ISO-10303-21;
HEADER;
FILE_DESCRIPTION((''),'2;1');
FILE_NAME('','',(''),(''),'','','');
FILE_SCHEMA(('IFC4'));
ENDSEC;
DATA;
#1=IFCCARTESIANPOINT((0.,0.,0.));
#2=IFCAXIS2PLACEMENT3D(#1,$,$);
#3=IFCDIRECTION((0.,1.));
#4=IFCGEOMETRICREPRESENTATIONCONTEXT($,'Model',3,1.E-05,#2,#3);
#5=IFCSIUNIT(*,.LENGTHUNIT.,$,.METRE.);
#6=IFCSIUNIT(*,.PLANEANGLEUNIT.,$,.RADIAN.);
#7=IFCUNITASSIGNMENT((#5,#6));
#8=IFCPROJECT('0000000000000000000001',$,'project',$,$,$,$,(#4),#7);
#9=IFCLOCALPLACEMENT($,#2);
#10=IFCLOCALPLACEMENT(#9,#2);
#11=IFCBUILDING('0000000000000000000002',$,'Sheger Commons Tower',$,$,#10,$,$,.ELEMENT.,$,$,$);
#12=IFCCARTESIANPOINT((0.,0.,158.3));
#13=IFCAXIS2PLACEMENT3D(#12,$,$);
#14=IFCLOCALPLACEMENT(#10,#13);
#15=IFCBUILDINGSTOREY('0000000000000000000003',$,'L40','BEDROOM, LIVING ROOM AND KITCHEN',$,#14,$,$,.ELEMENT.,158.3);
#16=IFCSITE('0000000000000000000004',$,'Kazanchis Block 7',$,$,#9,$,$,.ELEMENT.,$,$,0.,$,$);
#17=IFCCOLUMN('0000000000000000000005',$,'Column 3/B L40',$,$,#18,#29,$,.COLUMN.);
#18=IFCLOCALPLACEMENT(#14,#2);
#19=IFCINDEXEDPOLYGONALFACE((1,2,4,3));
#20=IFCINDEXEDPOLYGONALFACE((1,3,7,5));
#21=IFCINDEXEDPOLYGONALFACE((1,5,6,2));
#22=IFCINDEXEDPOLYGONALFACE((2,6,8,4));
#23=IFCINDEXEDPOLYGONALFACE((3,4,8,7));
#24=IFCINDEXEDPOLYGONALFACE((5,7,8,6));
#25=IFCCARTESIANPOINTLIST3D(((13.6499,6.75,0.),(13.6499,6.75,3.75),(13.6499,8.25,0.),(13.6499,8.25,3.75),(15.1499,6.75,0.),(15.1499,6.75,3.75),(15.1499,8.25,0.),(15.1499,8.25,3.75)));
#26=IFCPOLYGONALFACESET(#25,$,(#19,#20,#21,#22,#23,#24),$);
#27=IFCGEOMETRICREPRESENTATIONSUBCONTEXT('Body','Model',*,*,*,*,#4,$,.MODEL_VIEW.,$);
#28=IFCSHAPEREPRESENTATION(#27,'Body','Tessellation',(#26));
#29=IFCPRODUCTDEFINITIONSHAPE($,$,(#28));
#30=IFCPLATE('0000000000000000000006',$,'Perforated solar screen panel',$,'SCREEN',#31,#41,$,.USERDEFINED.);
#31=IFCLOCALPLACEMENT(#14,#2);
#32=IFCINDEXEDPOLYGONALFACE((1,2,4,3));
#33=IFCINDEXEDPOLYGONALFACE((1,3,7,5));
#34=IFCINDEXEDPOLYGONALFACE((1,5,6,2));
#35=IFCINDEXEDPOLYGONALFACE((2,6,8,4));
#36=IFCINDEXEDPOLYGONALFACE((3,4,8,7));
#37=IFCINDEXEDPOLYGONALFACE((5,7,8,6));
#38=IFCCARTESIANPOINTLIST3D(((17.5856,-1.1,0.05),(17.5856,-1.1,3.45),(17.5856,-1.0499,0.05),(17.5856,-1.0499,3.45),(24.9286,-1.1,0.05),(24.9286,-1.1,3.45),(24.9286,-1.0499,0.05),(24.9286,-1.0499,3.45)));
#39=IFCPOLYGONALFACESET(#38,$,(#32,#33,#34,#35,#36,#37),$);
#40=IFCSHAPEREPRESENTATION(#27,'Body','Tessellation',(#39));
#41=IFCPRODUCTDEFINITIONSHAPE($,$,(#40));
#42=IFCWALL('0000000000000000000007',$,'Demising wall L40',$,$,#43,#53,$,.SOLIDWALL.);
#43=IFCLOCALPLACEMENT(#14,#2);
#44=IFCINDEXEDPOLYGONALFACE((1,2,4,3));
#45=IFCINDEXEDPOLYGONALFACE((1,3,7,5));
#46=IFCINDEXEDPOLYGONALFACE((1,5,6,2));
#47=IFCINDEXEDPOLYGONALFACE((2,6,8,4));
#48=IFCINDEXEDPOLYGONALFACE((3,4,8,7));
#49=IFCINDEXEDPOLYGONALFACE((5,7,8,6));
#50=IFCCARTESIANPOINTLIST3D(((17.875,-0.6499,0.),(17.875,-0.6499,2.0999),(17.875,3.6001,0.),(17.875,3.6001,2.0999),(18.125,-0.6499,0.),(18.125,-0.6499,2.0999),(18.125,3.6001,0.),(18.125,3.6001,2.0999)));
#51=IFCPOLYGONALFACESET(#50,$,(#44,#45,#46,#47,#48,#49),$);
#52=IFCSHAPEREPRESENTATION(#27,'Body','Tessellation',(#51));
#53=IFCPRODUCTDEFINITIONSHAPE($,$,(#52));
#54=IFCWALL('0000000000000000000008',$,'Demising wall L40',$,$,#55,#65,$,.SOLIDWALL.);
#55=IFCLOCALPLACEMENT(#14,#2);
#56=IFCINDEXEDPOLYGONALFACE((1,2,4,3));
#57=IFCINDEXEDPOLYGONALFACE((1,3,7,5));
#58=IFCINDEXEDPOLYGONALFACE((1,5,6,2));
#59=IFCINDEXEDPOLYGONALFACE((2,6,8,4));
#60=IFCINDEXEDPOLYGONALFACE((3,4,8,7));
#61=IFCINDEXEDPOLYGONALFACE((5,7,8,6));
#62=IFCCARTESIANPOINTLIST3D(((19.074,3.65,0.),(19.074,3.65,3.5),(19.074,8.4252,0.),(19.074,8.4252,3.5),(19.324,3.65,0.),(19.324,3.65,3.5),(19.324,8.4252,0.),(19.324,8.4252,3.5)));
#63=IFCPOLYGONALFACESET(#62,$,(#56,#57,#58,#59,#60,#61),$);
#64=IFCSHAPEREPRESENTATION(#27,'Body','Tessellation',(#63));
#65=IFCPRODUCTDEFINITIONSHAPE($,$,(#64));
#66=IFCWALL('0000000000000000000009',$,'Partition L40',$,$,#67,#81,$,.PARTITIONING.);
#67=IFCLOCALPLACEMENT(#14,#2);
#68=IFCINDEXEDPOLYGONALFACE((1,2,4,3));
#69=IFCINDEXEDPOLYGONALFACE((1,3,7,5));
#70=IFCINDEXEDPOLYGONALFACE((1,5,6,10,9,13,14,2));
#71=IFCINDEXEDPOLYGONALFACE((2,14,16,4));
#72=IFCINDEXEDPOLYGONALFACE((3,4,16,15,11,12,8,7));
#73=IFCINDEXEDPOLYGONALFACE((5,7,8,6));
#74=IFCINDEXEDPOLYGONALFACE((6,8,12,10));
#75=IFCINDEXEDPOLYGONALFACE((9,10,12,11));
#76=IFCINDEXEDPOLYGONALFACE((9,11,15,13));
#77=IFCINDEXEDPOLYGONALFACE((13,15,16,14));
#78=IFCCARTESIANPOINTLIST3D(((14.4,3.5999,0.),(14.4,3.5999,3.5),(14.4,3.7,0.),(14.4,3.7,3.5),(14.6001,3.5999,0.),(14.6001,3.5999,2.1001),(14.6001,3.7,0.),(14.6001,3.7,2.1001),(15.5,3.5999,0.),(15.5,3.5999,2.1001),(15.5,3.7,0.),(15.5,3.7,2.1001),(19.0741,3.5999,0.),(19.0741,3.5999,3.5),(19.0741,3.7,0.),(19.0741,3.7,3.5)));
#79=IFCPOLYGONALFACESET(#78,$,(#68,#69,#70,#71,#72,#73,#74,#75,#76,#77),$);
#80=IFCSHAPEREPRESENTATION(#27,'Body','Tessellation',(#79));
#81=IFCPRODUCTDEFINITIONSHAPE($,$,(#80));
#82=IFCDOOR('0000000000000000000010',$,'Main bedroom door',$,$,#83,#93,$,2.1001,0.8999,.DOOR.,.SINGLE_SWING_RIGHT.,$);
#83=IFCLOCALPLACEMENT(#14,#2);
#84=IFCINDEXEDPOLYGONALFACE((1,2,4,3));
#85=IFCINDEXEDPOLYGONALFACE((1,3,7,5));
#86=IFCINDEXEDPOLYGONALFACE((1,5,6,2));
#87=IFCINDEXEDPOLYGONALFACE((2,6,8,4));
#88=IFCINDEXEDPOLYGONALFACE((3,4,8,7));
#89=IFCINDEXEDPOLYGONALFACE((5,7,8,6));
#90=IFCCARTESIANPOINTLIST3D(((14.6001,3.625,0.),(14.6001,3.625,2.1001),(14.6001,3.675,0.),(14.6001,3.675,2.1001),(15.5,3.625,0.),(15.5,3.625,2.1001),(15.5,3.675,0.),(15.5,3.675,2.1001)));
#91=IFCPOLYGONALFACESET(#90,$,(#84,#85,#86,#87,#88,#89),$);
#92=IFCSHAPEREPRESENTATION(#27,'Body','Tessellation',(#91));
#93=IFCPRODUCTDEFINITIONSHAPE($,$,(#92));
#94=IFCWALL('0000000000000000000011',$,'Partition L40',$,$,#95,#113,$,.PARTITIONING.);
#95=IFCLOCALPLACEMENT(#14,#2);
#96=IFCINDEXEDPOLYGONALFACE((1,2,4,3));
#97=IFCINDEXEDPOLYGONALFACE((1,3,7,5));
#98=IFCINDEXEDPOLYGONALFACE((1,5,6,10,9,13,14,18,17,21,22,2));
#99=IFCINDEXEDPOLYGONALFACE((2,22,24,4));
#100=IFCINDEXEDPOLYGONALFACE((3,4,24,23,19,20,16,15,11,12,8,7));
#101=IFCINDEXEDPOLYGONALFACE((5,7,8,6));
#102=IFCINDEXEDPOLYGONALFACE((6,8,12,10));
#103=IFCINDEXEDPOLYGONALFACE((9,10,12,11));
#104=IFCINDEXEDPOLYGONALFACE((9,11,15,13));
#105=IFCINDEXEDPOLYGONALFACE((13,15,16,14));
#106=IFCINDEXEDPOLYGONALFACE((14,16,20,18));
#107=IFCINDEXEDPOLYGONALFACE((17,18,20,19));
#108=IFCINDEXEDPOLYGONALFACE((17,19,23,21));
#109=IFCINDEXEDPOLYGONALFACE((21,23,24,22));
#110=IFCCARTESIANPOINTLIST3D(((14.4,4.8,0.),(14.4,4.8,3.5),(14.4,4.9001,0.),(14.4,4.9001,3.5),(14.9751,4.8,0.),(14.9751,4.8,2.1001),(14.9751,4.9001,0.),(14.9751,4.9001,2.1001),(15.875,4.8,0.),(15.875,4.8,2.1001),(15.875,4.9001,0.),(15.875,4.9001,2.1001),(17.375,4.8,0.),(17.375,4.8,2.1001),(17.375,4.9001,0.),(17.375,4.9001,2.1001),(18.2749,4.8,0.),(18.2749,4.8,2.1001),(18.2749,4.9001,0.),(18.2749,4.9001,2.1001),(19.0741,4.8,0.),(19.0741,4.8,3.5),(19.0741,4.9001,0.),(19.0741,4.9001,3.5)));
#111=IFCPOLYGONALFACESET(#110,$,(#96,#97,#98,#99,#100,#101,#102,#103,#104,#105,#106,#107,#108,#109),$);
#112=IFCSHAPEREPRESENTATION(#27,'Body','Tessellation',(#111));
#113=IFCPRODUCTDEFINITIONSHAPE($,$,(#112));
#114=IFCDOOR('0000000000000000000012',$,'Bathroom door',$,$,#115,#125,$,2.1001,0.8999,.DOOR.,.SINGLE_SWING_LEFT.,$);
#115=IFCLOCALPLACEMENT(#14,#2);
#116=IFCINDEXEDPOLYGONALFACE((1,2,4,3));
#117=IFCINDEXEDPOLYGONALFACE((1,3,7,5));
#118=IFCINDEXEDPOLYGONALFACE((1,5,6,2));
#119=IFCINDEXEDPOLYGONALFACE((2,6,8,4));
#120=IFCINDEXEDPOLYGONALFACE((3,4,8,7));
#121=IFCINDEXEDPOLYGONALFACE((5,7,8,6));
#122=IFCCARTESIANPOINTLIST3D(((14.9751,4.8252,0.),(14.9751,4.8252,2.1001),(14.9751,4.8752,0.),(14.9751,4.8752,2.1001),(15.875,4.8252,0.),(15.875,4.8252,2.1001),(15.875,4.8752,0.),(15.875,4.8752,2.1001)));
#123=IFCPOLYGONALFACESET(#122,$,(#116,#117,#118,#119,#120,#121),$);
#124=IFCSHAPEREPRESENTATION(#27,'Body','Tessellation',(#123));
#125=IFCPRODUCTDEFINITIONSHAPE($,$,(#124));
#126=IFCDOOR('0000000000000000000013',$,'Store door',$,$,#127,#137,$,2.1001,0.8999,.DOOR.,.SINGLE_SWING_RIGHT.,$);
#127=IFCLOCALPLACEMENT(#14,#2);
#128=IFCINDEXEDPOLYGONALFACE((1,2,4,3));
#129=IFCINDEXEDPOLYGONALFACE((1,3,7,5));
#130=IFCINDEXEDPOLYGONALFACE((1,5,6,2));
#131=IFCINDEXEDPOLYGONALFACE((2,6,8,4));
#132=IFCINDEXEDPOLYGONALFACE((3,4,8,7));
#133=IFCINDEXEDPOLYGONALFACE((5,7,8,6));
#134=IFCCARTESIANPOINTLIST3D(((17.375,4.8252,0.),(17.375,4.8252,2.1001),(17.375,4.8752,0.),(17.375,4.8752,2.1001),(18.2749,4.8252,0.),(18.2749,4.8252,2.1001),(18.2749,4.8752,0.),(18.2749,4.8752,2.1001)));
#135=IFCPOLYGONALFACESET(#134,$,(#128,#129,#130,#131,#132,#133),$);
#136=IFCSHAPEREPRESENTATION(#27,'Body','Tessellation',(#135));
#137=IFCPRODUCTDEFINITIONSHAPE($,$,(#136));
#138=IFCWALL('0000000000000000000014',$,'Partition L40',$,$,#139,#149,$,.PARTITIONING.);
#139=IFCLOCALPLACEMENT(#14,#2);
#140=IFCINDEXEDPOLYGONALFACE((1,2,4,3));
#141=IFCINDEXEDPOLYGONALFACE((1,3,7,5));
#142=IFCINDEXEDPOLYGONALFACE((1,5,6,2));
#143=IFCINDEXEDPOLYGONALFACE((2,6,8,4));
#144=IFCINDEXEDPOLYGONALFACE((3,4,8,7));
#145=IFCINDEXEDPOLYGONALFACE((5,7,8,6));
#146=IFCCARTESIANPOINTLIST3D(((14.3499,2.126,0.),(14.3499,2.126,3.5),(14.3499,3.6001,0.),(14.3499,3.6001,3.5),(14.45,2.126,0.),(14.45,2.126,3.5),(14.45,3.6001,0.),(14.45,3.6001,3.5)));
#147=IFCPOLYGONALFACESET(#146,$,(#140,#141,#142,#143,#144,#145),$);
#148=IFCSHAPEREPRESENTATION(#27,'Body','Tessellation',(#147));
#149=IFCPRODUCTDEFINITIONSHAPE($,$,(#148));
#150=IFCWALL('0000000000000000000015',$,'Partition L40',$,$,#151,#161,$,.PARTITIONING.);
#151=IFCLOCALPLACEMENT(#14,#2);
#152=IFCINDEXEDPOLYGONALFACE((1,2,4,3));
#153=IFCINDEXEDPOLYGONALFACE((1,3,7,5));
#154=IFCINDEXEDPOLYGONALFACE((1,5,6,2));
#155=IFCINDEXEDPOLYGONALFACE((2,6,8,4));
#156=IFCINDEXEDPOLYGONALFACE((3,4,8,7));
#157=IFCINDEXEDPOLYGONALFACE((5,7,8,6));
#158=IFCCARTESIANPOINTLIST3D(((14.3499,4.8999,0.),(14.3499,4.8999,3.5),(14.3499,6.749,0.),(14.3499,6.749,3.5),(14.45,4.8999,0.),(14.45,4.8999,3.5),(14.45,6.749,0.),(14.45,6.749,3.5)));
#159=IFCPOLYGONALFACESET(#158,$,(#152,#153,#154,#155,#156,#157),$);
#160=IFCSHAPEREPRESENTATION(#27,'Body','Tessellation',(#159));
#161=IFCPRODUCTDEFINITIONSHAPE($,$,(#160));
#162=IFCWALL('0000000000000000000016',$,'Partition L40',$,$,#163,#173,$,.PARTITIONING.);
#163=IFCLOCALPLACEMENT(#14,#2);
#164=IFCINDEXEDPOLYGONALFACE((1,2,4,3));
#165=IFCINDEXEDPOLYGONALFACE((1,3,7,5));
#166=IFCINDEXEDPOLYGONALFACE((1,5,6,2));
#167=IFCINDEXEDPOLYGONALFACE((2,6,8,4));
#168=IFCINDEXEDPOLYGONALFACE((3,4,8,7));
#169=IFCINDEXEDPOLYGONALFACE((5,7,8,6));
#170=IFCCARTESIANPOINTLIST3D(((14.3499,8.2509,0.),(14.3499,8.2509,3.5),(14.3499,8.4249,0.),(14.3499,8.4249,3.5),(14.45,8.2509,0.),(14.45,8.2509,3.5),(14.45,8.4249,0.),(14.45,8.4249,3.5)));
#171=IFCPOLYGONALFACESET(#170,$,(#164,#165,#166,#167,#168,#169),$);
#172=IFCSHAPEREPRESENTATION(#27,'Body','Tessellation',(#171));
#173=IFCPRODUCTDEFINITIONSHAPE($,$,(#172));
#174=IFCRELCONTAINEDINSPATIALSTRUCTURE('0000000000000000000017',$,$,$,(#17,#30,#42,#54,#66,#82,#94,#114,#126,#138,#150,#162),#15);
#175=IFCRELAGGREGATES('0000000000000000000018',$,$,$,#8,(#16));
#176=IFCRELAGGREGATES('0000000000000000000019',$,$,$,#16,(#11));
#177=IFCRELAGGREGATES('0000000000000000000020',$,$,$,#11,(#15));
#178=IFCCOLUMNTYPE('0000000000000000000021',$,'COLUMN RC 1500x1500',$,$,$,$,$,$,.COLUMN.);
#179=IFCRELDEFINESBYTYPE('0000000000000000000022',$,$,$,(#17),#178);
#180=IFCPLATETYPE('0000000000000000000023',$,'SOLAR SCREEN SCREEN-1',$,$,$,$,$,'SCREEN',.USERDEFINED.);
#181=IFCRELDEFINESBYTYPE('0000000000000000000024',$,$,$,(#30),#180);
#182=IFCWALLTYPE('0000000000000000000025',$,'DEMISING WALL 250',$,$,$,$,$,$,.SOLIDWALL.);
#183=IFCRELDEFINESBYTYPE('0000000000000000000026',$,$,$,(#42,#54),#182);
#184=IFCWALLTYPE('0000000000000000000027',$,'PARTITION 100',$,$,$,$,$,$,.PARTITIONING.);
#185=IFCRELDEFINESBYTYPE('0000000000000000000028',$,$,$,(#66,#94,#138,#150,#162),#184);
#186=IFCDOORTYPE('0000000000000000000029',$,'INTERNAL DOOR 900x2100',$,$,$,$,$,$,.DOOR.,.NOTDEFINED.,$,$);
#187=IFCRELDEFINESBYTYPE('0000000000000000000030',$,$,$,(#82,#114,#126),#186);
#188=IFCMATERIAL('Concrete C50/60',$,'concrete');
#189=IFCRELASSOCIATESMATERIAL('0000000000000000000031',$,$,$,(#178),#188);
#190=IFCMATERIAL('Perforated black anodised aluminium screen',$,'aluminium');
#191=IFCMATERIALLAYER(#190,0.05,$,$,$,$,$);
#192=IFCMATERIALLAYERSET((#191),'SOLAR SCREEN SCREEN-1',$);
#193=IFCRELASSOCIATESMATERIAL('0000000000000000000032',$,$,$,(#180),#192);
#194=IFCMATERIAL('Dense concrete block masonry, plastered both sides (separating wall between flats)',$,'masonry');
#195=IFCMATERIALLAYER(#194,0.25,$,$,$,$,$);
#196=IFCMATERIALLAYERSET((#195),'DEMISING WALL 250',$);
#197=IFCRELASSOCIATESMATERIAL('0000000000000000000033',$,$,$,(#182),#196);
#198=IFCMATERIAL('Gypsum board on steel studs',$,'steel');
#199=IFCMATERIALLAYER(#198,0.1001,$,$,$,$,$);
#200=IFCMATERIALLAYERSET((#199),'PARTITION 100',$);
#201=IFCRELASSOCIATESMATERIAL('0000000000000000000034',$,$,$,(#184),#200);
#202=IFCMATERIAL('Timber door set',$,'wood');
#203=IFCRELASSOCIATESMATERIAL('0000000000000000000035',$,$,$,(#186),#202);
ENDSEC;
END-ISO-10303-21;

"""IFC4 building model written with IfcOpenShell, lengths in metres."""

from ifc_helpers import new_model, si_unit, direction, frame, frame_2d, origin, origin_2d, place, context, subcontext, project, spatial, rectangle, extrude, material, layer, layer_set, material_profile, profile_set, type_object, element, fill, save


model = new_model("IFC4")

# Units and contexts
model_context = context("Model", 3, precision=1e-05, world=origin(), true_north=direction((0.0, 1.0)))
body_context = subcontext(model_context, "Body", "Model", "MODEL_VIEW")
ifc_project = project(units=[si_unit("LENGTHUNIT", "METRE"), si_unit("PLANEANGLEUNIT", "RADIAN")], contexts=[model_context])

# Site, building, storey
site_placement = place(None, origin())
site = spatial("IfcSite", under=ifc_project, at=site_placement, Name="Kazanchis Block 7", CompositionType="ELEMENT", RefElevation=0.0)
building_placement = place(site_placement, origin())
building = spatial("IfcBuilding", under=site, at=building_placement, Name="Sheger Commons Tower", CompositionType="ELEMENT")
storey_placement = place(building_placement, frame((0.0, 0.0, 158.3)))
storey = spatial("IfcBuildingStorey", under=building, at=storey_placement, Name="L40", Description="BEDROOM, LIVING ROOM AND KITCHEN", CompositionType="ELEMENT", Elevation=158.3)

# Column
ifc_material_1 = material(Name="Concrete C50/60", Category="concrete")
ifc_material_profile = material_profile(ifc_material_1, rectangle(XDim=1.5, YDim=1.5, at=origin_2d()), Name="RC 1500x1500")
ifc_profile_set = profile_set([ifc_material_profile], Name="Concrete C50/60")
column_type = type_object("IfcColumnType", Name="COLUMN RC 1500x1500", PredefinedType="COLUMN", material=ifc_profile_set)
column_placement = place(storey_placement, frame((14.3999, 7.5, 0.0), z_axis=(0.0, 0.0, 1.0), x_axis=(1.0, 0.0, 0.0)))
element("IfcColumn", 1, at=column_placement, inside=storey, type_object=column_type, Name="Column 3/B L40", PredefinedType="COLUMN", context=body_context, shape_type="SweptSolid", body=[
    extrude(rectangle(XDim=1.5, YDim=1.5, at=origin_2d()), origin(), (0.0, 0.0, 1.0), 3.75),
])

# Plate
ifc_material_2 = material(Name="Perforated black anodised aluminium screen", Category="aluminium")
ifc_layer_1 = layer(ifc_material_2, 0.05)
ifc_layer_set_1 = layer_set([ifc_layer_1], Name="SOLAR SCREEN SCREEN-1")
plate_type = type_object("IfcPlateType", Name="SOLAR SCREEN SCREEN-1", ElementType="SCREEN", PredefinedType="USERDEFINED", material=ifc_layer_set_1)
plate_placement = place(storey_placement, frame((21.2571, -1.075, 0.05), z_axis=(0.0, 0.0, 1.0), x_axis=(1.0, 0.0, 0.0)))
element("IfcPlate", 2, at=plate_placement, inside=storey, type_object=plate_type, Name="Perforated solar screen panel", ObjectType="SCREEN", PredefinedType="USERDEFINED", context=body_context, shape_type="SweptSolid", body=[
    extrude(rectangle(XDim=7.343, YDim=0.05, at=origin_2d()), origin(), (0.0, 0.0, 1.0), 3.3999),
])

# Walls
ifc_material_3 = material(Name="Dense concrete block masonry, plastered both sides (separating wall between flats)", Category="masonry")
ifc_layer_2 = layer(ifc_material_3, 0.25)
ifc_layer_set_2 = layer_set([ifc_layer_2], Name="DEMISING WALL 250")
wall_type_1 = type_object("IfcWallType", Name="DEMISING WALL 250", PredefinedType="SOLIDWALL", material=ifc_layer_set_2)
wall_1_placement = place(storey_placement, frame((18.0, -0.6499, 0.0), z_axis=(0.0, 0.0, 1.0), x_axis=(0.0, 1.0, 0.0)))
element("IfcWall", 3, at=wall_1_placement, inside=storey, type_object=wall_type_1, Name="Demising wall L40", PredefinedType="SOLIDWALL", context=body_context, shape_type="SweptSolid", body=[
    extrude(rectangle(XDim=4.25, YDim=0.25, at=frame_2d((2.125, 0.0))), origin(), (0.0, 0.0, 1.0), 2.0999),
])
wall_2_placement = place(storey_placement, frame((19.199, 3.6499, 0.0), z_axis=(0.0, 0.0, 1.0), x_axis=(0.0, 1.0, 0.0)))
element("IfcWall", 4, at=wall_2_placement, inside=storey, type_object=wall_type_1, Name="Demising wall L40", PredefinedType="SOLIDWALL", context=body_context, shape_type="SweptSolid", body=[
    extrude(rectangle(XDim=4.7751, YDim=0.25, at=frame_2d((2.3877, 0.0))), origin(), (0.0, 0.0, 1.0), 3.5),
])

# Wall, opening, door
ifc_material_4 = material(Name="Gypsum board on steel studs", Category="steel")
ifc_layer_3 = layer(ifc_material_4, 0.1001)
ifc_layer_set_3 = layer_set([ifc_layer_3], Name="PARTITION 100")
wall_type_2 = type_object("IfcWallType", Name="PARTITION 100", PredefinedType="PARTITIONING", material=ifc_layer_set_3)
wall_3_placement = place(storey_placement, frame((19.074, 3.6499, 0.0), z_axis=(0.0, 0.0, 1.0), x_axis=(-1.0, 0.0, 0.0)))
wall_3 = element("IfcWall", 5, at=wall_3_placement, inside=storey, type_object=wall_type_2, Name="Partition L40", PredefinedType="PARTITIONING", context=body_context, shape_type="SweptSolid", body=[
    extrude(rectangle(XDim=4.6741, YDim=0.1001, at=frame_2d((2.3369, 0.0))), origin(), (0.0, 0.0, 1.0), 3.5),
])
opening_1_placement = place(wall_3_placement, frame((3.574, 0.0, 0.0)))
opening_1 = element("IfcOpeningElement", 6, at=opening_1_placement, cuts=wall_3, PredefinedType="OPENING", context=body_context, shape_type="SweptSolid", body=[
    extrude(rectangle(XDim=0.8999, YDim=2.1001, at=frame_2d((0.45, 1.05))), frame((0.0, 0.0601, 0.0), z_axis=(0.0, -1.0, 0.0), x_axis=(1.0, 0.0, 0.0)), (0.0, 0.0, 1.0), 0.1201),
])
ifc_material_5 = material(Name="Timber door set", Category="wood")
door_type_1 = type_object("IfcDoorType", Name="INTERNAL DOOR 900x2100", OperationType="NOTDEFINED", PredefinedType="DOOR", material=ifc_material_5)
door_1_placement = place(opening_1_placement, origin())
door_1 = element("IfcDoor", 7, at=door_1_placement, inside=storey, type_object=door_type_1, Name="Main bedroom door", OperationType="SINGLE_SWING_RIGHT", OverallHeight=2.1001, OverallWidth=0.8999, PredefinedType="DOOR", context=body_context, shape_type="SweptSolid", body=[
    extrude(rectangle(XDim=0.8999, YDim=2.1001, at=frame_2d((0.45, 1.05))), frame((0.0, 0.0249, 0.0), z_axis=(0.0, -1.0, 0.0), x_axis=(1.0, 0.0, 0.0)), (0.0, 0.0, 1.0), 0.05),
])
fill(opening_1, door_1)

# Wall, openings, doors
wall_4_placement = place(storey_placement, frame((19.074, 4.8501, 0.0), z_axis=(0.0, 0.0, 1.0), x_axis=(-1.0, 0.0, 0.0)))
wall_4 = element("IfcWall", 8, at=wall_4_placement, inside=storey, type_object=wall_type_2, Name="Partition L40", PredefinedType="PARTITIONING", context=body_context, shape_type="SweptSolid", body=[
    extrude(rectangle(XDim=4.6741, YDim=0.1001, at=frame_2d((2.3369, 0.0))), origin(), (0.0, 0.0, 1.0), 3.5),
])
opening_2_placement = place(wall_4_placement, frame((3.199, 0.0, 0.0)))
opening_2 = element("IfcOpeningElement", 9, at=opening_2_placement, cuts=wall_4, PredefinedType="OPENING", context=body_context, shape_type="SweptSolid", body=[
    extrude(rectangle(XDim=0.8999, YDim=2.1001, at=frame_2d((0.45, 1.05))), frame((0.0, 0.0601, 0.0), z_axis=(0.0, -1.0, 0.0), x_axis=(1.0, 0.0, 0.0)), (0.0, 0.0, 1.0), 0.1201),
])
opening_3_placement = place(wall_4_placement, frame((0.7991, 0.0, 0.0)))
opening_3 = element("IfcOpeningElement", 10, at=opening_3_placement, cuts=wall_4, PredefinedType="OPENING", context=body_context, shape_type="SweptSolid", body=[
    extrude(rectangle(XDim=0.8999, YDim=2.1001, at=frame_2d((0.45, 1.05))), frame((0.0, 0.0601, 0.0), z_axis=(0.0, -1.0, 0.0), x_axis=(1.0, 0.0, 0.0)), (0.0, 0.0, 1.0), 0.1201),
])
door_2_placement = place(opening_2_placement, origin())
door_2 = element("IfcDoor", 11, at=door_2_placement, inside=storey, type_object=door_type_1, Name="Bathroom door", OperationType="SINGLE_SWING_LEFT", OverallHeight=2.1001, OverallWidth=0.8999, PredefinedType="DOOR", context=body_context, shape_type="SweptSolid", body=[
    extrude(rectangle(XDim=0.8999, YDim=2.1001, at=frame_2d((0.45, 1.05))), frame((0.0, 0.0249, 0.0), z_axis=(0.0, -1.0, 0.0), x_axis=(1.0, 0.0, 0.0)), (0.0, 0.0, 1.0), 0.05),
])
fill(opening_2, door_2)
door_3_placement = place(opening_3_placement, origin())
door_3 = element("IfcDoor", 12, at=door_3_placement, inside=storey, type_object=door_type_1, Name="Store door", OperationType="SINGLE_SWING_RIGHT", OverallHeight=2.1001, OverallWidth=0.8999, PredefinedType="DOOR", context=body_context, shape_type="SweptSolid", body=[
    extrude(rectangle(XDim=0.8999, YDim=2.1001, at=frame_2d((0.45, 1.05))), frame((0.0, 0.0249, 0.0), z_axis=(0.0, -1.0, 0.0), x_axis=(1.0, 0.0, 0.0)), (0.0, 0.0, 1.0), 0.05),
])
fill(opening_3, door_3)

# Walls
wall_5_placement = place(storey_placement, frame((14.3999, 2.126, 0.0), z_axis=(0.0, 0.0, 1.0), x_axis=(0.0, 1.0, 0.0)))
element("IfcWall", 13, at=wall_5_placement, inside=storey, type_object=wall_type_2, Name="Partition L40", PredefinedType="PARTITIONING", context=body_context, shape_type="SweptSolid", body=[
    extrude(rectangle(XDim=1.4741, YDim=0.1001, at=frame_2d((0.7371, 0.0))), origin(), (0.0, 0.0, 1.0), 3.5),
])
wall_6_placement = place(storey_placement, frame((14.3999, 4.8999, 0.0), z_axis=(0.0, 0.0, 1.0), x_axis=(0.0, 1.0, 0.0)))
element("IfcWall", 14, at=wall_6_placement, inside=storey, type_object=wall_type_2, Name="Partition L40", PredefinedType="PARTITIONING", context=body_context, shape_type="SweptSolid", body=[
    extrude(rectangle(XDim=1.8491, YDim=0.1001, at=frame_2d((0.9246, 0.0))), origin(), (0.0, 0.0, 1.0), 3.5),
])
wall_7_placement = place(storey_placement, frame((14.3999, 8.251, 0.0), z_axis=(0.0, 0.0, 1.0), x_axis=(0.0, 1.0, 0.0)))
element("IfcWall", 15, at=wall_7_placement, inside=storey, type_object=wall_type_2, Name="Partition L40", PredefinedType="PARTITIONING", context=body_context, shape_type="SweptSolid", body=[
    extrude(rectangle(XDim=0.1741, YDim=0.1001, at=frame_2d((0.0869, 0.0))), origin(), (0.0, 0.0, 1.0), 3.5),
])

save(model, "model.ifc")
